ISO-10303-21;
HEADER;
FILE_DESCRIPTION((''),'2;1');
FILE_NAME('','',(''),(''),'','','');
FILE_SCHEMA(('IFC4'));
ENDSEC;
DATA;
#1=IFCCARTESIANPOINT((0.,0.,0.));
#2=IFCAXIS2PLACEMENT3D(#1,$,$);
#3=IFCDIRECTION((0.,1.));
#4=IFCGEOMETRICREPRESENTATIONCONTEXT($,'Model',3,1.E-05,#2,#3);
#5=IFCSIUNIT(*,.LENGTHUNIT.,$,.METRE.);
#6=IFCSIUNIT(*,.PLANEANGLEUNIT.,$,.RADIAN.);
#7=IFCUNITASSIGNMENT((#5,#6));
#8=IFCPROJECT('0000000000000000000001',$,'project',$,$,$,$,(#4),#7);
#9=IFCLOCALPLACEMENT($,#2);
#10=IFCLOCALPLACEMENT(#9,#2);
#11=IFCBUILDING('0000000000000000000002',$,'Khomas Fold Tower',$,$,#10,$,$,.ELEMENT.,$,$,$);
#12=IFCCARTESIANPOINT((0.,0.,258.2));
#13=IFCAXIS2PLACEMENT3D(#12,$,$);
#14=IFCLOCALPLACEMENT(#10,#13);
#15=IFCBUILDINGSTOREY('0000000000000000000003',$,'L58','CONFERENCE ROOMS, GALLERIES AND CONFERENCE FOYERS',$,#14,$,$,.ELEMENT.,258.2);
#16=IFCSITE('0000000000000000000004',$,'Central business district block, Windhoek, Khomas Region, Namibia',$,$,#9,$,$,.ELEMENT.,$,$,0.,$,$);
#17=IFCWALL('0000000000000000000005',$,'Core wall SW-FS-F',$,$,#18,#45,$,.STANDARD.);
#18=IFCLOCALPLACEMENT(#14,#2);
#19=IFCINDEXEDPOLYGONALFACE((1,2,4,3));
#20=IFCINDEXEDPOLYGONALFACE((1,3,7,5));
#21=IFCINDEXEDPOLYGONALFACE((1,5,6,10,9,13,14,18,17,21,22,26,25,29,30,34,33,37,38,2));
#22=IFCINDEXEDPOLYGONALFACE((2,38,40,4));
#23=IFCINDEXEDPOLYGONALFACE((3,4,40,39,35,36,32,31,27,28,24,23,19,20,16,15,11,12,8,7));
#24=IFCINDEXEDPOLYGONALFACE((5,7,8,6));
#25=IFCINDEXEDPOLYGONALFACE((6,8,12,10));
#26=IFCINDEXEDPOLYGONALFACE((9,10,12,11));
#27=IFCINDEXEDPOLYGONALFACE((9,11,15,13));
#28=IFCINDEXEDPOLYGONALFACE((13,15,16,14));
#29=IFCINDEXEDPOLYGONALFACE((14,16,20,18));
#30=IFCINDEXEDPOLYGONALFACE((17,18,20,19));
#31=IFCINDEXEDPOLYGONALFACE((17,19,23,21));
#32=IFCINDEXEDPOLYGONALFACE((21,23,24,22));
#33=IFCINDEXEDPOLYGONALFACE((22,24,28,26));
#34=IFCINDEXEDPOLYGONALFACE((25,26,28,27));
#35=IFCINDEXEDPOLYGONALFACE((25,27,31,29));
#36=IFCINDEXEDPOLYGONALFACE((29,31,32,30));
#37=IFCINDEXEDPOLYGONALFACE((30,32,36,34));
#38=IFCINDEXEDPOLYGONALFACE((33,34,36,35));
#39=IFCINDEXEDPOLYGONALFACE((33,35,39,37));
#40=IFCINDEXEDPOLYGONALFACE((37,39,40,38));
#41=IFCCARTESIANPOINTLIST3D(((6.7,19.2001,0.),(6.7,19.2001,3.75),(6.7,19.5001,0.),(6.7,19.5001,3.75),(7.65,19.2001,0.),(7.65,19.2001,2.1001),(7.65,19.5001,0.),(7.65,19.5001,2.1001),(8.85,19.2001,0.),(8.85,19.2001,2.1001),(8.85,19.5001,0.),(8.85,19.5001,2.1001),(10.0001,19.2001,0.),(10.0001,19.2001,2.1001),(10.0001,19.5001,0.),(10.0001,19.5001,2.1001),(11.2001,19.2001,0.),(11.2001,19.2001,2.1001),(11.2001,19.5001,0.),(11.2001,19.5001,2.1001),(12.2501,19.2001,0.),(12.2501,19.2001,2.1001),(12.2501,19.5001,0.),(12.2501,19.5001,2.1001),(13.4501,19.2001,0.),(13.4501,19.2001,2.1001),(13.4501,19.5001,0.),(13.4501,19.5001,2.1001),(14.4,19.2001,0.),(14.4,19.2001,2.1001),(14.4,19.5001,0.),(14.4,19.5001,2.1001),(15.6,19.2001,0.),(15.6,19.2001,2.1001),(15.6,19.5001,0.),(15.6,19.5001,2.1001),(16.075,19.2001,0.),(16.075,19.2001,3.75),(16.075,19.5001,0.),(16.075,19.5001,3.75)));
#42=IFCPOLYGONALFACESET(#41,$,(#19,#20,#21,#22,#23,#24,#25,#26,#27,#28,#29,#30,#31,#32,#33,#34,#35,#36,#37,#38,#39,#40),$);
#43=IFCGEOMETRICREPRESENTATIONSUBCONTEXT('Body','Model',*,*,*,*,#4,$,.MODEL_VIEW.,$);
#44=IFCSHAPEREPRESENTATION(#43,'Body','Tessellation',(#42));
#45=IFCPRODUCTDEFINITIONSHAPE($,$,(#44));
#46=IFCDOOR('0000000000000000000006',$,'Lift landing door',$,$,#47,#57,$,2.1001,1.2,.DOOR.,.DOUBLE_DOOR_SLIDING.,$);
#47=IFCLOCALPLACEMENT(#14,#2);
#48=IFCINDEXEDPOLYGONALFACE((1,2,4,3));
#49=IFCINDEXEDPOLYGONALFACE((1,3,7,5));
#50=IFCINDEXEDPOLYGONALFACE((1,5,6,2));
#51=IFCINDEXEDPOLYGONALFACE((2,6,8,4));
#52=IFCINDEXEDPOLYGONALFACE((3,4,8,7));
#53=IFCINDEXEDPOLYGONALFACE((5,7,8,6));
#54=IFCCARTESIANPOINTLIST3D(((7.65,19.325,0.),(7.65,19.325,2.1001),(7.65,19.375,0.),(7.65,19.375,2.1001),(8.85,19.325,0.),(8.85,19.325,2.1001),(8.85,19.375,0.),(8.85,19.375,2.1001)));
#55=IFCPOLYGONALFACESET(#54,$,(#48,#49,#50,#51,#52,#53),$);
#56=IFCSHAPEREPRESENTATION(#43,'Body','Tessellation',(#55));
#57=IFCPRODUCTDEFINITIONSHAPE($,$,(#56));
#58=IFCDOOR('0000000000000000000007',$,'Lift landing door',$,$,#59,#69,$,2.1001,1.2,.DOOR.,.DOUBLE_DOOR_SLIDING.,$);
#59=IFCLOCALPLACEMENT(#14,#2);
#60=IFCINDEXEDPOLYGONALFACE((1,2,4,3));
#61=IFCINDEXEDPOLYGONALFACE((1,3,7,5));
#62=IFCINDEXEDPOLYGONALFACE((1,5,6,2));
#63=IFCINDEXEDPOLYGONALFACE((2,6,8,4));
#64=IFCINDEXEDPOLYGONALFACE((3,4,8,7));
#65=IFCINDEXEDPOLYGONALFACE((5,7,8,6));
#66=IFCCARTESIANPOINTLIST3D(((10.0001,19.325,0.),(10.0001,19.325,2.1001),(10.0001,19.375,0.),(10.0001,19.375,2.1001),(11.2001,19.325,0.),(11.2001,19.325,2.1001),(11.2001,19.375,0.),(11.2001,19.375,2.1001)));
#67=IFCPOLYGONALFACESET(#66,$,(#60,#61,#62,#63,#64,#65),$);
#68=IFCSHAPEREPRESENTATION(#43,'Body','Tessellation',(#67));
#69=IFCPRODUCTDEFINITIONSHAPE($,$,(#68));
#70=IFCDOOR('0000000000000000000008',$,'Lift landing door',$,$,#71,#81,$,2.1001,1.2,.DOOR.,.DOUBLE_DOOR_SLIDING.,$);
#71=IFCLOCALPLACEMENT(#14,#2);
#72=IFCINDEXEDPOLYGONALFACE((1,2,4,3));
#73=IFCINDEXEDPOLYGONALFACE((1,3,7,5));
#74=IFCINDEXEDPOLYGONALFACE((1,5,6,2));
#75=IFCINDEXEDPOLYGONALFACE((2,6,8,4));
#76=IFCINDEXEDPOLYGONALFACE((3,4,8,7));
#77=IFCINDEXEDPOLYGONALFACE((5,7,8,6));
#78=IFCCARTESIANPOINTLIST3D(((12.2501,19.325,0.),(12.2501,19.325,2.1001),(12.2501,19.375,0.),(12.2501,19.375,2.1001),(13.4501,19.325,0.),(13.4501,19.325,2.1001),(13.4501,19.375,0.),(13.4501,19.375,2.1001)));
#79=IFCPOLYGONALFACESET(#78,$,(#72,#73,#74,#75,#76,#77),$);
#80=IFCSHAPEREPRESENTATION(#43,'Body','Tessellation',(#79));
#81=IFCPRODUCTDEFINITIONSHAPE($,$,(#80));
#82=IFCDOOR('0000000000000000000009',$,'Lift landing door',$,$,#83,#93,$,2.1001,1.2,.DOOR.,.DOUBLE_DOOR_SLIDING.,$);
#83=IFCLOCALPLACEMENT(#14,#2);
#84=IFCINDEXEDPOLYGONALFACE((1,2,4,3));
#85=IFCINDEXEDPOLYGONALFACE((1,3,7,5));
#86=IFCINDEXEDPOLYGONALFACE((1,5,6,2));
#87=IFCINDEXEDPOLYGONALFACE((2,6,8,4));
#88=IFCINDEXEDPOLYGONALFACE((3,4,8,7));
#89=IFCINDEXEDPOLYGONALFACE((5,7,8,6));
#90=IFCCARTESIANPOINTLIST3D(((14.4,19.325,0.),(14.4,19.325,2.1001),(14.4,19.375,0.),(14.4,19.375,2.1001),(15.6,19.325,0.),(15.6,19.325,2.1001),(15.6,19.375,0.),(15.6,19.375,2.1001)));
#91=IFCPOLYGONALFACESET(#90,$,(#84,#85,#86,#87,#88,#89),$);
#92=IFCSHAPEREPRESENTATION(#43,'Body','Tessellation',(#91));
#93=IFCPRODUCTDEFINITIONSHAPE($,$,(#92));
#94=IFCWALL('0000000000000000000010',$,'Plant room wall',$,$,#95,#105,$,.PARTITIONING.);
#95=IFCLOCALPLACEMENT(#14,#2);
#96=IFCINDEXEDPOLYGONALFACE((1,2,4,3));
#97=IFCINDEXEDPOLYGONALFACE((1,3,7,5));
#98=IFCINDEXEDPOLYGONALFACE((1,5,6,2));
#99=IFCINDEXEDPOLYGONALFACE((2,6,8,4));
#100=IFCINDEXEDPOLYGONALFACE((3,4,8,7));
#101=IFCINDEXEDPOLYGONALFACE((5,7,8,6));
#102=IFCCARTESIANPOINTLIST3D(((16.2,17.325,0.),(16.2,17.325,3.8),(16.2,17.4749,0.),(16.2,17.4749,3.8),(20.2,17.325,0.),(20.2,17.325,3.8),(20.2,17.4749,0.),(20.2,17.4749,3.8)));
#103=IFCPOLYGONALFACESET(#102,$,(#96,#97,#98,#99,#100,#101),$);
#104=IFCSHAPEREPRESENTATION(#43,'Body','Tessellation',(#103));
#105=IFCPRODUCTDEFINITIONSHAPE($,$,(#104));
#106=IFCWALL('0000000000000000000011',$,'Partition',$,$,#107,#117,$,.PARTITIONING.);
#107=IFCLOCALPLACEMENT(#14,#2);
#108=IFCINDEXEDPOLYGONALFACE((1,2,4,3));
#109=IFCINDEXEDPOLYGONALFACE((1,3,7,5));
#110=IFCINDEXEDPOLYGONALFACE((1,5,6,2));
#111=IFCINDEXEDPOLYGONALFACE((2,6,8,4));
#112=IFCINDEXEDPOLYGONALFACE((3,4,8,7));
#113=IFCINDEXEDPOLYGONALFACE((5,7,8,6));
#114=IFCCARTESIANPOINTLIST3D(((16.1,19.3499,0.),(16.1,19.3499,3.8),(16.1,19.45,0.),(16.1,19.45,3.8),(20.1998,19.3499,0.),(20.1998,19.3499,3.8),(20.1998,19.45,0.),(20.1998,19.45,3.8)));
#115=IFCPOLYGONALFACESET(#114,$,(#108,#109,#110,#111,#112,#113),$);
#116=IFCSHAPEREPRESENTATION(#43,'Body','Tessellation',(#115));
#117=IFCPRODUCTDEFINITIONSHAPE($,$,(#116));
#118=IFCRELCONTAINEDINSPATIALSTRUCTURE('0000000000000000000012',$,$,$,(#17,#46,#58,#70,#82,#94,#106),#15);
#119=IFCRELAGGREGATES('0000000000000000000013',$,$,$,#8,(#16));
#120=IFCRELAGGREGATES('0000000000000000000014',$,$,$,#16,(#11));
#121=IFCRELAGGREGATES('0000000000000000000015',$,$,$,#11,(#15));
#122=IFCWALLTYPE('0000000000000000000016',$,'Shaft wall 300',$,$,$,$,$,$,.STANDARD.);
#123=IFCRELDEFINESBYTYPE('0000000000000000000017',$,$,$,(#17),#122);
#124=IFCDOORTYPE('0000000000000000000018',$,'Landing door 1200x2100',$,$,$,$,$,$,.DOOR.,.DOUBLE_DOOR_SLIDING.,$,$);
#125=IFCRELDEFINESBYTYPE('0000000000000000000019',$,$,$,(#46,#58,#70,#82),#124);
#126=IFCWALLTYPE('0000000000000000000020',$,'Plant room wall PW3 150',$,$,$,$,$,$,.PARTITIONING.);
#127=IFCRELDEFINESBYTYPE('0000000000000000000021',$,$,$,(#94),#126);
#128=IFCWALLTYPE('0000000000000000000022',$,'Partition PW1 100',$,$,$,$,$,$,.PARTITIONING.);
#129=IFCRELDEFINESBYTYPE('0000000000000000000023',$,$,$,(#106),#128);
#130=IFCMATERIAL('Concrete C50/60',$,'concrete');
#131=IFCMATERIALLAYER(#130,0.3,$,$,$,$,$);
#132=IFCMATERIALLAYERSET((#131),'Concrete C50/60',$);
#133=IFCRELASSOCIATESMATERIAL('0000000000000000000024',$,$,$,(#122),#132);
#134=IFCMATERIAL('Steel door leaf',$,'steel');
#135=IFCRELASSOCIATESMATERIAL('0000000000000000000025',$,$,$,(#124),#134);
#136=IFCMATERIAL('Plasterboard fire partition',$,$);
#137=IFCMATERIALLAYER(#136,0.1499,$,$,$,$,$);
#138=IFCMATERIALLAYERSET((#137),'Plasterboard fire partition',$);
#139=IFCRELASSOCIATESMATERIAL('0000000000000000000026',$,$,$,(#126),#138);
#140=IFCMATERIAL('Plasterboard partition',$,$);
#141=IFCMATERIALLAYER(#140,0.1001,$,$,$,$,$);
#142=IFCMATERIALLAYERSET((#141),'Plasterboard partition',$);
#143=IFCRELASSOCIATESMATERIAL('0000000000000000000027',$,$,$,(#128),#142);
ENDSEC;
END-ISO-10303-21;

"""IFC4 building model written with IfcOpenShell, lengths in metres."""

from ifc_helpers import new_model, si_unit, direction, frame, frame_2d, origin, place, context, subcontext, project, spatial, rectangle, extrude, source, transform, mapped, material, layer, layer_set, type_object, element, fill, save


model = new_model("IFC4")

# Units and contexts
model_context = context("Model", 3, precision=1e-05, world=origin(), true_north=direction((0.0, 1.0)))
body_context = subcontext(model_context, "Body", "Model", "MODEL_VIEW")
ifc_project = project(units=[si_unit("LENGTHUNIT", "METRE"), si_unit("PLANEANGLEUNIT", "RADIAN")], contexts=[model_context])

# Site, building, storey
site_placement = place(None, origin())
site = spatial("IfcSite", under=ifc_project, at=site_placement, Name="Central business district block, Windhoek, Khomas Region, Namibia", CompositionType="ELEMENT", RefElevation=0.0)
building_placement = place(site_placement, origin())
building = spatial("IfcBuilding", under=site, at=building_placement, Name="Khomas Fold Tower", CompositionType="ELEMENT")
storey_placement = place(building_placement, frame((0.0, 0.0, 258.2)))
storey = spatial("IfcBuildingStorey", under=building, at=storey_placement, Name="L58", Description="CONFERENCE ROOMS, GALLERIES AND CONFERENCE FOYERS", CompositionType="ELEMENT", Elevation=258.2)

# Shared definitions
ifc_material_1 = material(Name="Concrete C50/60", Category="concrete")
ifc_layer_1 = layer(ifc_material_1, 0.3)
ifc_layer_set_1 = layer_set([ifc_layer_1], Name="Concrete C50/60")
wall_type_1 = type_object("IfcWallType", Name="Shaft wall 300", PredefinedType="STANDARD", material=ifc_layer_set_1)

# Wall, openings, doors
shared_shape_1 = source(origin(), body_context, "Body", "SweptSolid", [
    extrude(rectangle(XDim=1.2, YDim=2.1001, at=frame_2d((0.6001, 1.05))), frame((0.0, 0.1599, 0.0), z_axis=(0.0, -1.0, 0.0), x_axis=(1.0, 0.0, 0.0)), (0.0, 0.0, 1.0), 0.3201),
])
ifc_material_2 = material(Name="Steel door leaf", Category="steel")
door_type = type_object("IfcDoorType", Name="Landing door 1200x2100", OperationType="DOUBLE_DOOR_SLIDING", PredefinedType="DOOR", material=ifc_material_2)
shared_shape_2 = source(origin(), body_context, "Body", "SweptSolid", [
    extrude(rectangle(XDim=1.2, YDim=2.1001, at=frame_2d((0.6001, 1.05))), frame((0.0, 0.0249, 0.0), z_axis=(0.0, -1.0, 0.0), x_axis=(1.0, 0.0, 0.0)), (0.0, 0.0, 1.0), 0.05),
])
shared_shape_3 = source(origin(), body_context, "Body", "SweptSolid", [
    extrude(rectangle(XDim=9.375, YDim=0.3, at=frame_2d((4.6875, 0.0))), origin(), (0.0, 0.0, 1.0), 3.75),
])
wall_1_placement = place(storey_placement, frame((6.7, 19.3501, 0.0), z_axis=(0.0, 0.0, 1.0), x_axis=(1.0, 0.0, 0.0)))
wall_1 = element("IfcWall", 1, at=wall_1_placement, inside=storey, type_object=wall_type_1, Name="Core wall SW-FS-F", PredefinedType="STANDARD", context=body_context, shape_type="MappedRepresentation", body=[
    mapped(shared_shape_3, transform((0.0, 0.0, 0.0))),
])
opening_1_placement = place(wall_1_placement, frame((0.95, 0.0, 0.0)))
opening_1 = element("IfcOpeningElement", 2, at=opening_1_placement, cuts=wall_1, PredefinedType="OPENING", context=body_context, shape_type="MappedRepresentation", body=[
    mapped(shared_shape_1, transform((0.0, 0.0, 0.0))),
])
opening_2_placement = place(wall_1_placement, frame((3.3, 0.0, 0.0)))
opening_2 = element("IfcOpeningElement", 3, at=opening_2_placement, cuts=wall_1, PredefinedType="OPENING", context=body_context, shape_type="MappedRepresentation", body=[
    mapped(shared_shape_1, transform((0.0, 0.0, 0.0))),
])
opening_3_placement = place(wall_1_placement, frame((5.55, 0.0, 0.0)))
opening_3 = element("IfcOpeningElement", 4, at=opening_3_placement, cuts=wall_1, PredefinedType="OPENING", context=body_context, shape_type="MappedRepresentation", body=[
    mapped(shared_shape_1, transform((0.0, 0.0, 0.0))),
])
opening_4_placement = place(wall_1_placement, frame((7.7, 0.0, 0.0)))
opening_4 = element("IfcOpeningElement", 5, at=opening_4_placement, cuts=wall_1, PredefinedType="OPENING", context=body_context, shape_type="MappedRepresentation", body=[
    mapped(shared_shape_1, transform((0.0, 0.0, 0.0))),
])
door_1_placement = place(opening_1_placement, origin())
door_1 = element("IfcDoor", 6, at=door_1_placement, inside=storey, type_object=door_type, Name="Lift landing door", OperationType="DOUBLE_DOOR_SLIDING", OverallHeight=2.1001, OverallWidth=1.2, PredefinedType="DOOR", context=body_context, shape_type="MappedRepresentation", body=[
    mapped(shared_shape_2, transform((0.0, 0.0, 0.0))),
])
fill(opening_1, door_1)
door_2_placement = place(opening_2_placement, origin())
door_2 = element("IfcDoor", 7, at=door_2_placement, inside=storey, type_object=door_type, Name="Lift landing door", OperationType="DOUBLE_DOOR_SLIDING", OverallHeight=2.1001, OverallWidth=1.2, PredefinedType="DOOR", context=body_context, shape_type="MappedRepresentation", body=[
    mapped(shared_shape_2, transform((0.0, 0.0, 0.0))),
])
fill(opening_2, door_2)
door_3_placement = place(opening_3_placement, origin())
door_3 = element("IfcDoor", 8, at=door_3_placement, inside=storey, type_object=door_type, Name="Lift landing door", OperationType="DOUBLE_DOOR_SLIDING", OverallHeight=2.1001, OverallWidth=1.2, PredefinedType="DOOR", context=body_context, shape_type="MappedRepresentation", body=[
    mapped(shared_shape_2, transform((0.0, 0.0, 0.0))),
])
fill(opening_3, door_3)
door_4_placement = place(opening_4_placement, origin())
door_4 = element("IfcDoor", 9, at=door_4_placement, inside=storey, type_object=door_type, Name="Lift landing door", OperationType="DOUBLE_DOOR_SLIDING", OverallHeight=2.1001, OverallWidth=1.2, PredefinedType="DOOR", context=body_context, shape_type="MappedRepresentation", body=[
    mapped(shared_shape_2, transform((0.0, 0.0, 0.0))),
])
fill(opening_4, door_4)

# Walls
ifc_material_3 = material(Name="Plasterboard fire partition")
ifc_layer_2 = layer(ifc_material_3, 0.1499)
ifc_layer_set_2 = layer_set([ifc_layer_2], Name="Plasterboard fire partition")
wall_type_2 = type_object("IfcWallType", Name="Plant room wall PW3 150", PredefinedType="PARTITIONING", material=ifc_layer_set_2)
shared_shape_4 = source(origin(), body_context, "Body", "SweptSolid", [
    extrude(rectangle(XDim=4.0, YDim=0.1499, at=frame_2d((2.0, 0.0))), origin(), (0.0, 0.0, 1.0), 3.8),
])
wall_2_placement = place(storey_placement, frame((16.2, 17.3999, 0.0), z_axis=(0.0, 0.0, 1.0), x_axis=(1.0, 0.0, 0.0)))
element("IfcWall", 10, at=wall_2_placement, inside=storey, type_object=wall_type_2, Name="Plant room wall", PredefinedType="PARTITIONING", context=body_context, shape_type="MappedRepresentation", body=[
    mapped(shared_shape_4, transform((0.0, 0.0, 0.0))),
])
ifc_material_4 = material(Name="Plasterboard partition")
ifc_layer_3 = layer(ifc_material_4, 0.1001)
ifc_layer_set_3 = layer_set([ifc_layer_3], Name="Plasterboard partition")
wall_type_3 = type_object("IfcWallType", Name="Partition PW1 100", PredefinedType="PARTITIONING", material=ifc_layer_set_3)
shared_shape_5 = source(origin(), body_context, "Body", "SweptSolid", [
    extrude(rectangle(XDim=4.0999, YDim=0.1001, at=frame_2d((2.0498, 0.0))), origin(), (0.0, 0.0, 1.0), 3.8),
])
wall_3_placement = place(storey_placement, frame((16.1001, 19.3999, 0.0), z_axis=(0.0, 0.0, 1.0), x_axis=(1.0, 0.0, 0.0)))
element("IfcWall", 11, at=wall_3_placement, inside=storey, type_object=wall_type_3, Name="Partition", PredefinedType="PARTITIONING", context=body_context, shape_type="MappedRepresentation", body=[
    mapped(shared_shape_5, transform((0.0, 0.0, 0.0))),
])

save(model, "model.ifc")
